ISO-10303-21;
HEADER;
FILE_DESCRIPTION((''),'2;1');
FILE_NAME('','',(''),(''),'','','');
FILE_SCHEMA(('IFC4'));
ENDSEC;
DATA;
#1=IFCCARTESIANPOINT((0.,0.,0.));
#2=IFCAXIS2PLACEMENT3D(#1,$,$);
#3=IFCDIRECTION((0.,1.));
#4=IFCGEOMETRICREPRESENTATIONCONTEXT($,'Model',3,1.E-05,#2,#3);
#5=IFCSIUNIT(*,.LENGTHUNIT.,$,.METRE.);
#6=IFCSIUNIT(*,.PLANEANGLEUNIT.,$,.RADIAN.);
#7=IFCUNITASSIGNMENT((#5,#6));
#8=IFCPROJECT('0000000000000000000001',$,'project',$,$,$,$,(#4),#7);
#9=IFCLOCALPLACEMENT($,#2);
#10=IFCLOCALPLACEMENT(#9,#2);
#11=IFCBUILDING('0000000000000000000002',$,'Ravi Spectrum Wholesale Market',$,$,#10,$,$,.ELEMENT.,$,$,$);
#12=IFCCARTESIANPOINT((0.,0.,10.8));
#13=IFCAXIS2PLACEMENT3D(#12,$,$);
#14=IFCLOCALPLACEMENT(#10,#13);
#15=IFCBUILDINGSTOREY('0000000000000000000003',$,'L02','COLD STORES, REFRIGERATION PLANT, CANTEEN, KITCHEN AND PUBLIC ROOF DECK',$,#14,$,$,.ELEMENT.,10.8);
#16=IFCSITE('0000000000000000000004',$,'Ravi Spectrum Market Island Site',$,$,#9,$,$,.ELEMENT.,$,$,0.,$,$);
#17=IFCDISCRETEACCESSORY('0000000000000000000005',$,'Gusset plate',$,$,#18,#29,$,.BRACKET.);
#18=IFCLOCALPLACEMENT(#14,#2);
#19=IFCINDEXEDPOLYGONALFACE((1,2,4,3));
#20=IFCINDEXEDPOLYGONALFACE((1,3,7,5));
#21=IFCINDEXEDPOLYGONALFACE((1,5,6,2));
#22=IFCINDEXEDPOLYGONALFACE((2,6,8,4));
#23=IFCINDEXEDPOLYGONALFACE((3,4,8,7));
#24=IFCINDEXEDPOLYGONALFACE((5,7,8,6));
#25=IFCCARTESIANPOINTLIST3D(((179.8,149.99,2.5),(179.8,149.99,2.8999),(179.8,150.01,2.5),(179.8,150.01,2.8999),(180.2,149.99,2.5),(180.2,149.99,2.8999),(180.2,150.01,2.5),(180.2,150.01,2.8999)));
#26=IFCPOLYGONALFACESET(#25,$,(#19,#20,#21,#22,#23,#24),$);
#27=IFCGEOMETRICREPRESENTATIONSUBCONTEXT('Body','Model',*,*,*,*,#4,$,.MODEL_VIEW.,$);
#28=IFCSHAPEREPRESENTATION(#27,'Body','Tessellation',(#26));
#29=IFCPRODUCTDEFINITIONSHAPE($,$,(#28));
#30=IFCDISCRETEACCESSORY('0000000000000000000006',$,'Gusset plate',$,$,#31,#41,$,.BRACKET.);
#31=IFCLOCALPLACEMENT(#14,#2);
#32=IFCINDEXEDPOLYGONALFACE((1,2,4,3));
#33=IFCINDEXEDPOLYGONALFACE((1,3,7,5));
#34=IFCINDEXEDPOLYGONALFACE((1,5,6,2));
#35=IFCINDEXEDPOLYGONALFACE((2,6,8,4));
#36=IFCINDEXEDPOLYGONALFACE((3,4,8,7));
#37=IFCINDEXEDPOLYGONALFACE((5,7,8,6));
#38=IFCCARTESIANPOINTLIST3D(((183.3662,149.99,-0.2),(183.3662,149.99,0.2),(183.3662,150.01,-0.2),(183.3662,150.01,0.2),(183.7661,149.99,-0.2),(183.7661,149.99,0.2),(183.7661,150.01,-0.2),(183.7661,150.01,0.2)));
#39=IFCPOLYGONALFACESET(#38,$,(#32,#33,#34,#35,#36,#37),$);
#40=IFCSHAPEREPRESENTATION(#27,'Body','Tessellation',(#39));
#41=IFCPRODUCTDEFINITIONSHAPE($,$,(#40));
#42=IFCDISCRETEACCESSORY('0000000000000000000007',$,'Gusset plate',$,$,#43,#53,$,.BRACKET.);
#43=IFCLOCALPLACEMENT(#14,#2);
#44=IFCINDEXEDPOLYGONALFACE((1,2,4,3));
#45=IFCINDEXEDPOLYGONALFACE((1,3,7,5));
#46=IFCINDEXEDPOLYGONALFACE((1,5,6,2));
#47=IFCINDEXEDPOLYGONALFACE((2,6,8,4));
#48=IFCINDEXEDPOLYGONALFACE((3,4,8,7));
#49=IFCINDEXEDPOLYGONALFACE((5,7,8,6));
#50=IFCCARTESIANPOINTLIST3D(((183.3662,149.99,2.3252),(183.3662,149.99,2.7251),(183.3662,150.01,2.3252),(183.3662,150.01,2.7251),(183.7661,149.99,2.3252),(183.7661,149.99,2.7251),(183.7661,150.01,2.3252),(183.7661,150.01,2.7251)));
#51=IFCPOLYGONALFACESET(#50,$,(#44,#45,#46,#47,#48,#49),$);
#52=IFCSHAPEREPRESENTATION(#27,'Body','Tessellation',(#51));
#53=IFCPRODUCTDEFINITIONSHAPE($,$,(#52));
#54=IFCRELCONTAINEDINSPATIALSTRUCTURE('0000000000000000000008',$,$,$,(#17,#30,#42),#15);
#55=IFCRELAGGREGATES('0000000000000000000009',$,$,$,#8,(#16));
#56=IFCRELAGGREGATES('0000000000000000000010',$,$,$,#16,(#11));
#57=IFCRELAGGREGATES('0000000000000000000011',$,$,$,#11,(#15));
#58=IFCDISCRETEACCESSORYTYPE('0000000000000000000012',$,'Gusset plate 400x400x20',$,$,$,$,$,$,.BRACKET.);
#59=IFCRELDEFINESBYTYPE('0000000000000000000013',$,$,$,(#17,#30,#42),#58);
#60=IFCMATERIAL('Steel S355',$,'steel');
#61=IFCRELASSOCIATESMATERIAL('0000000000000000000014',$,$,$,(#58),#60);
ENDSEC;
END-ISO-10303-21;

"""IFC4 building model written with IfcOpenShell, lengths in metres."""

from ifc_helpers import new_model, si_unit, direction, frame, origin, origin_2d, place, context, subcontext, project, spatial, rectangle, extrude, material, material_profile, profile_set, type_object, element, save


model = new_model("IFC4")

# Units and contexts
model_context = context("Model", 3, precision=1e-05, world=origin(), true_north=direction((0.0, 1.0)))
body_context = subcontext(model_context, "Body", "Model", "MODEL_VIEW")
ifc_project = project(units=[si_unit("LENGTHUNIT", "METRE"), si_unit("PLANEANGLEUNIT", "RADIAN")], contexts=[model_context])

# Site, building, storey
site_placement = place(None, origin())
site = spatial("IfcSite", under=ifc_project, at=site_placement, Name="Ravi Spectrum Market Island Site", CompositionType="ELEMENT", RefElevation=0.0)
building_placement = place(site_placement, origin())
building = spatial("IfcBuilding", under=site, at=building_placement, Name="Ravi Spectrum Wholesale Market", CompositionType="ELEMENT")
storey_placement = place(building_placement, frame((0.0, 0.0, 10.8)))
storey = spatial("IfcBuildingStorey", under=building, at=storey_placement, Name="L02", Description="COLD STORES, REFRIGERATION PLANT, CANTEEN, KITCHEN AND PUBLIC ROOF DECK", CompositionType="ELEMENT", Elevation=10.8)

# Discrete accessories
ifc_material_1 = material(Name="Steel S355", Category="steel")
ifc_material_profile_1 = material_profile(ifc_material_1, rectangle(XDim=0.3999, YDim=0.02, at=origin_2d()))
ifc_profile_set_1 = profile_set([ifc_material_profile_1], Name="Steel S355")
discrete_accessory_type_1 = type_object("IfcDiscreteAccessoryType", Name="Gusset plate 400x400x20", PredefinedType="BRACKET", material=ifc_profile_set_1)
for number, where, z_axis, x_axis, name in (
    (1, (180.0, 150.0, 2.5), (0.0, 0.0, 1.0), (1.0, 0.0, 0.0), "Gusset plate"),
    (2, (183.5662, 150.0, -0.2), (0.0, 0.0, 1.0), (1.0, 0.0, 0.0), "Gusset plate"),
    (3, (183.5662, 150.0, 2.3252), (0.0, 0.0, 1.0), (-1.0, 0.0, 0.0), "Gusset plate"),
):
    element("IfcDiscreteAccessory", number, at=place(storey_placement, frame(where, z_axis=z_axis, x_axis=x_axis)), inside=storey, type_object=discrete_accessory_type_1, Name=name, PredefinedType="BRACKET", context=body_context, shape_type="SweptSolid", body=[
        extrude(rectangle(XDim=0.3999, YDim=0.02, at=origin_2d()), origin(), (0.0, 0.0, 1.0), 0.3999),
    ])

save(model, "model.ifc")
